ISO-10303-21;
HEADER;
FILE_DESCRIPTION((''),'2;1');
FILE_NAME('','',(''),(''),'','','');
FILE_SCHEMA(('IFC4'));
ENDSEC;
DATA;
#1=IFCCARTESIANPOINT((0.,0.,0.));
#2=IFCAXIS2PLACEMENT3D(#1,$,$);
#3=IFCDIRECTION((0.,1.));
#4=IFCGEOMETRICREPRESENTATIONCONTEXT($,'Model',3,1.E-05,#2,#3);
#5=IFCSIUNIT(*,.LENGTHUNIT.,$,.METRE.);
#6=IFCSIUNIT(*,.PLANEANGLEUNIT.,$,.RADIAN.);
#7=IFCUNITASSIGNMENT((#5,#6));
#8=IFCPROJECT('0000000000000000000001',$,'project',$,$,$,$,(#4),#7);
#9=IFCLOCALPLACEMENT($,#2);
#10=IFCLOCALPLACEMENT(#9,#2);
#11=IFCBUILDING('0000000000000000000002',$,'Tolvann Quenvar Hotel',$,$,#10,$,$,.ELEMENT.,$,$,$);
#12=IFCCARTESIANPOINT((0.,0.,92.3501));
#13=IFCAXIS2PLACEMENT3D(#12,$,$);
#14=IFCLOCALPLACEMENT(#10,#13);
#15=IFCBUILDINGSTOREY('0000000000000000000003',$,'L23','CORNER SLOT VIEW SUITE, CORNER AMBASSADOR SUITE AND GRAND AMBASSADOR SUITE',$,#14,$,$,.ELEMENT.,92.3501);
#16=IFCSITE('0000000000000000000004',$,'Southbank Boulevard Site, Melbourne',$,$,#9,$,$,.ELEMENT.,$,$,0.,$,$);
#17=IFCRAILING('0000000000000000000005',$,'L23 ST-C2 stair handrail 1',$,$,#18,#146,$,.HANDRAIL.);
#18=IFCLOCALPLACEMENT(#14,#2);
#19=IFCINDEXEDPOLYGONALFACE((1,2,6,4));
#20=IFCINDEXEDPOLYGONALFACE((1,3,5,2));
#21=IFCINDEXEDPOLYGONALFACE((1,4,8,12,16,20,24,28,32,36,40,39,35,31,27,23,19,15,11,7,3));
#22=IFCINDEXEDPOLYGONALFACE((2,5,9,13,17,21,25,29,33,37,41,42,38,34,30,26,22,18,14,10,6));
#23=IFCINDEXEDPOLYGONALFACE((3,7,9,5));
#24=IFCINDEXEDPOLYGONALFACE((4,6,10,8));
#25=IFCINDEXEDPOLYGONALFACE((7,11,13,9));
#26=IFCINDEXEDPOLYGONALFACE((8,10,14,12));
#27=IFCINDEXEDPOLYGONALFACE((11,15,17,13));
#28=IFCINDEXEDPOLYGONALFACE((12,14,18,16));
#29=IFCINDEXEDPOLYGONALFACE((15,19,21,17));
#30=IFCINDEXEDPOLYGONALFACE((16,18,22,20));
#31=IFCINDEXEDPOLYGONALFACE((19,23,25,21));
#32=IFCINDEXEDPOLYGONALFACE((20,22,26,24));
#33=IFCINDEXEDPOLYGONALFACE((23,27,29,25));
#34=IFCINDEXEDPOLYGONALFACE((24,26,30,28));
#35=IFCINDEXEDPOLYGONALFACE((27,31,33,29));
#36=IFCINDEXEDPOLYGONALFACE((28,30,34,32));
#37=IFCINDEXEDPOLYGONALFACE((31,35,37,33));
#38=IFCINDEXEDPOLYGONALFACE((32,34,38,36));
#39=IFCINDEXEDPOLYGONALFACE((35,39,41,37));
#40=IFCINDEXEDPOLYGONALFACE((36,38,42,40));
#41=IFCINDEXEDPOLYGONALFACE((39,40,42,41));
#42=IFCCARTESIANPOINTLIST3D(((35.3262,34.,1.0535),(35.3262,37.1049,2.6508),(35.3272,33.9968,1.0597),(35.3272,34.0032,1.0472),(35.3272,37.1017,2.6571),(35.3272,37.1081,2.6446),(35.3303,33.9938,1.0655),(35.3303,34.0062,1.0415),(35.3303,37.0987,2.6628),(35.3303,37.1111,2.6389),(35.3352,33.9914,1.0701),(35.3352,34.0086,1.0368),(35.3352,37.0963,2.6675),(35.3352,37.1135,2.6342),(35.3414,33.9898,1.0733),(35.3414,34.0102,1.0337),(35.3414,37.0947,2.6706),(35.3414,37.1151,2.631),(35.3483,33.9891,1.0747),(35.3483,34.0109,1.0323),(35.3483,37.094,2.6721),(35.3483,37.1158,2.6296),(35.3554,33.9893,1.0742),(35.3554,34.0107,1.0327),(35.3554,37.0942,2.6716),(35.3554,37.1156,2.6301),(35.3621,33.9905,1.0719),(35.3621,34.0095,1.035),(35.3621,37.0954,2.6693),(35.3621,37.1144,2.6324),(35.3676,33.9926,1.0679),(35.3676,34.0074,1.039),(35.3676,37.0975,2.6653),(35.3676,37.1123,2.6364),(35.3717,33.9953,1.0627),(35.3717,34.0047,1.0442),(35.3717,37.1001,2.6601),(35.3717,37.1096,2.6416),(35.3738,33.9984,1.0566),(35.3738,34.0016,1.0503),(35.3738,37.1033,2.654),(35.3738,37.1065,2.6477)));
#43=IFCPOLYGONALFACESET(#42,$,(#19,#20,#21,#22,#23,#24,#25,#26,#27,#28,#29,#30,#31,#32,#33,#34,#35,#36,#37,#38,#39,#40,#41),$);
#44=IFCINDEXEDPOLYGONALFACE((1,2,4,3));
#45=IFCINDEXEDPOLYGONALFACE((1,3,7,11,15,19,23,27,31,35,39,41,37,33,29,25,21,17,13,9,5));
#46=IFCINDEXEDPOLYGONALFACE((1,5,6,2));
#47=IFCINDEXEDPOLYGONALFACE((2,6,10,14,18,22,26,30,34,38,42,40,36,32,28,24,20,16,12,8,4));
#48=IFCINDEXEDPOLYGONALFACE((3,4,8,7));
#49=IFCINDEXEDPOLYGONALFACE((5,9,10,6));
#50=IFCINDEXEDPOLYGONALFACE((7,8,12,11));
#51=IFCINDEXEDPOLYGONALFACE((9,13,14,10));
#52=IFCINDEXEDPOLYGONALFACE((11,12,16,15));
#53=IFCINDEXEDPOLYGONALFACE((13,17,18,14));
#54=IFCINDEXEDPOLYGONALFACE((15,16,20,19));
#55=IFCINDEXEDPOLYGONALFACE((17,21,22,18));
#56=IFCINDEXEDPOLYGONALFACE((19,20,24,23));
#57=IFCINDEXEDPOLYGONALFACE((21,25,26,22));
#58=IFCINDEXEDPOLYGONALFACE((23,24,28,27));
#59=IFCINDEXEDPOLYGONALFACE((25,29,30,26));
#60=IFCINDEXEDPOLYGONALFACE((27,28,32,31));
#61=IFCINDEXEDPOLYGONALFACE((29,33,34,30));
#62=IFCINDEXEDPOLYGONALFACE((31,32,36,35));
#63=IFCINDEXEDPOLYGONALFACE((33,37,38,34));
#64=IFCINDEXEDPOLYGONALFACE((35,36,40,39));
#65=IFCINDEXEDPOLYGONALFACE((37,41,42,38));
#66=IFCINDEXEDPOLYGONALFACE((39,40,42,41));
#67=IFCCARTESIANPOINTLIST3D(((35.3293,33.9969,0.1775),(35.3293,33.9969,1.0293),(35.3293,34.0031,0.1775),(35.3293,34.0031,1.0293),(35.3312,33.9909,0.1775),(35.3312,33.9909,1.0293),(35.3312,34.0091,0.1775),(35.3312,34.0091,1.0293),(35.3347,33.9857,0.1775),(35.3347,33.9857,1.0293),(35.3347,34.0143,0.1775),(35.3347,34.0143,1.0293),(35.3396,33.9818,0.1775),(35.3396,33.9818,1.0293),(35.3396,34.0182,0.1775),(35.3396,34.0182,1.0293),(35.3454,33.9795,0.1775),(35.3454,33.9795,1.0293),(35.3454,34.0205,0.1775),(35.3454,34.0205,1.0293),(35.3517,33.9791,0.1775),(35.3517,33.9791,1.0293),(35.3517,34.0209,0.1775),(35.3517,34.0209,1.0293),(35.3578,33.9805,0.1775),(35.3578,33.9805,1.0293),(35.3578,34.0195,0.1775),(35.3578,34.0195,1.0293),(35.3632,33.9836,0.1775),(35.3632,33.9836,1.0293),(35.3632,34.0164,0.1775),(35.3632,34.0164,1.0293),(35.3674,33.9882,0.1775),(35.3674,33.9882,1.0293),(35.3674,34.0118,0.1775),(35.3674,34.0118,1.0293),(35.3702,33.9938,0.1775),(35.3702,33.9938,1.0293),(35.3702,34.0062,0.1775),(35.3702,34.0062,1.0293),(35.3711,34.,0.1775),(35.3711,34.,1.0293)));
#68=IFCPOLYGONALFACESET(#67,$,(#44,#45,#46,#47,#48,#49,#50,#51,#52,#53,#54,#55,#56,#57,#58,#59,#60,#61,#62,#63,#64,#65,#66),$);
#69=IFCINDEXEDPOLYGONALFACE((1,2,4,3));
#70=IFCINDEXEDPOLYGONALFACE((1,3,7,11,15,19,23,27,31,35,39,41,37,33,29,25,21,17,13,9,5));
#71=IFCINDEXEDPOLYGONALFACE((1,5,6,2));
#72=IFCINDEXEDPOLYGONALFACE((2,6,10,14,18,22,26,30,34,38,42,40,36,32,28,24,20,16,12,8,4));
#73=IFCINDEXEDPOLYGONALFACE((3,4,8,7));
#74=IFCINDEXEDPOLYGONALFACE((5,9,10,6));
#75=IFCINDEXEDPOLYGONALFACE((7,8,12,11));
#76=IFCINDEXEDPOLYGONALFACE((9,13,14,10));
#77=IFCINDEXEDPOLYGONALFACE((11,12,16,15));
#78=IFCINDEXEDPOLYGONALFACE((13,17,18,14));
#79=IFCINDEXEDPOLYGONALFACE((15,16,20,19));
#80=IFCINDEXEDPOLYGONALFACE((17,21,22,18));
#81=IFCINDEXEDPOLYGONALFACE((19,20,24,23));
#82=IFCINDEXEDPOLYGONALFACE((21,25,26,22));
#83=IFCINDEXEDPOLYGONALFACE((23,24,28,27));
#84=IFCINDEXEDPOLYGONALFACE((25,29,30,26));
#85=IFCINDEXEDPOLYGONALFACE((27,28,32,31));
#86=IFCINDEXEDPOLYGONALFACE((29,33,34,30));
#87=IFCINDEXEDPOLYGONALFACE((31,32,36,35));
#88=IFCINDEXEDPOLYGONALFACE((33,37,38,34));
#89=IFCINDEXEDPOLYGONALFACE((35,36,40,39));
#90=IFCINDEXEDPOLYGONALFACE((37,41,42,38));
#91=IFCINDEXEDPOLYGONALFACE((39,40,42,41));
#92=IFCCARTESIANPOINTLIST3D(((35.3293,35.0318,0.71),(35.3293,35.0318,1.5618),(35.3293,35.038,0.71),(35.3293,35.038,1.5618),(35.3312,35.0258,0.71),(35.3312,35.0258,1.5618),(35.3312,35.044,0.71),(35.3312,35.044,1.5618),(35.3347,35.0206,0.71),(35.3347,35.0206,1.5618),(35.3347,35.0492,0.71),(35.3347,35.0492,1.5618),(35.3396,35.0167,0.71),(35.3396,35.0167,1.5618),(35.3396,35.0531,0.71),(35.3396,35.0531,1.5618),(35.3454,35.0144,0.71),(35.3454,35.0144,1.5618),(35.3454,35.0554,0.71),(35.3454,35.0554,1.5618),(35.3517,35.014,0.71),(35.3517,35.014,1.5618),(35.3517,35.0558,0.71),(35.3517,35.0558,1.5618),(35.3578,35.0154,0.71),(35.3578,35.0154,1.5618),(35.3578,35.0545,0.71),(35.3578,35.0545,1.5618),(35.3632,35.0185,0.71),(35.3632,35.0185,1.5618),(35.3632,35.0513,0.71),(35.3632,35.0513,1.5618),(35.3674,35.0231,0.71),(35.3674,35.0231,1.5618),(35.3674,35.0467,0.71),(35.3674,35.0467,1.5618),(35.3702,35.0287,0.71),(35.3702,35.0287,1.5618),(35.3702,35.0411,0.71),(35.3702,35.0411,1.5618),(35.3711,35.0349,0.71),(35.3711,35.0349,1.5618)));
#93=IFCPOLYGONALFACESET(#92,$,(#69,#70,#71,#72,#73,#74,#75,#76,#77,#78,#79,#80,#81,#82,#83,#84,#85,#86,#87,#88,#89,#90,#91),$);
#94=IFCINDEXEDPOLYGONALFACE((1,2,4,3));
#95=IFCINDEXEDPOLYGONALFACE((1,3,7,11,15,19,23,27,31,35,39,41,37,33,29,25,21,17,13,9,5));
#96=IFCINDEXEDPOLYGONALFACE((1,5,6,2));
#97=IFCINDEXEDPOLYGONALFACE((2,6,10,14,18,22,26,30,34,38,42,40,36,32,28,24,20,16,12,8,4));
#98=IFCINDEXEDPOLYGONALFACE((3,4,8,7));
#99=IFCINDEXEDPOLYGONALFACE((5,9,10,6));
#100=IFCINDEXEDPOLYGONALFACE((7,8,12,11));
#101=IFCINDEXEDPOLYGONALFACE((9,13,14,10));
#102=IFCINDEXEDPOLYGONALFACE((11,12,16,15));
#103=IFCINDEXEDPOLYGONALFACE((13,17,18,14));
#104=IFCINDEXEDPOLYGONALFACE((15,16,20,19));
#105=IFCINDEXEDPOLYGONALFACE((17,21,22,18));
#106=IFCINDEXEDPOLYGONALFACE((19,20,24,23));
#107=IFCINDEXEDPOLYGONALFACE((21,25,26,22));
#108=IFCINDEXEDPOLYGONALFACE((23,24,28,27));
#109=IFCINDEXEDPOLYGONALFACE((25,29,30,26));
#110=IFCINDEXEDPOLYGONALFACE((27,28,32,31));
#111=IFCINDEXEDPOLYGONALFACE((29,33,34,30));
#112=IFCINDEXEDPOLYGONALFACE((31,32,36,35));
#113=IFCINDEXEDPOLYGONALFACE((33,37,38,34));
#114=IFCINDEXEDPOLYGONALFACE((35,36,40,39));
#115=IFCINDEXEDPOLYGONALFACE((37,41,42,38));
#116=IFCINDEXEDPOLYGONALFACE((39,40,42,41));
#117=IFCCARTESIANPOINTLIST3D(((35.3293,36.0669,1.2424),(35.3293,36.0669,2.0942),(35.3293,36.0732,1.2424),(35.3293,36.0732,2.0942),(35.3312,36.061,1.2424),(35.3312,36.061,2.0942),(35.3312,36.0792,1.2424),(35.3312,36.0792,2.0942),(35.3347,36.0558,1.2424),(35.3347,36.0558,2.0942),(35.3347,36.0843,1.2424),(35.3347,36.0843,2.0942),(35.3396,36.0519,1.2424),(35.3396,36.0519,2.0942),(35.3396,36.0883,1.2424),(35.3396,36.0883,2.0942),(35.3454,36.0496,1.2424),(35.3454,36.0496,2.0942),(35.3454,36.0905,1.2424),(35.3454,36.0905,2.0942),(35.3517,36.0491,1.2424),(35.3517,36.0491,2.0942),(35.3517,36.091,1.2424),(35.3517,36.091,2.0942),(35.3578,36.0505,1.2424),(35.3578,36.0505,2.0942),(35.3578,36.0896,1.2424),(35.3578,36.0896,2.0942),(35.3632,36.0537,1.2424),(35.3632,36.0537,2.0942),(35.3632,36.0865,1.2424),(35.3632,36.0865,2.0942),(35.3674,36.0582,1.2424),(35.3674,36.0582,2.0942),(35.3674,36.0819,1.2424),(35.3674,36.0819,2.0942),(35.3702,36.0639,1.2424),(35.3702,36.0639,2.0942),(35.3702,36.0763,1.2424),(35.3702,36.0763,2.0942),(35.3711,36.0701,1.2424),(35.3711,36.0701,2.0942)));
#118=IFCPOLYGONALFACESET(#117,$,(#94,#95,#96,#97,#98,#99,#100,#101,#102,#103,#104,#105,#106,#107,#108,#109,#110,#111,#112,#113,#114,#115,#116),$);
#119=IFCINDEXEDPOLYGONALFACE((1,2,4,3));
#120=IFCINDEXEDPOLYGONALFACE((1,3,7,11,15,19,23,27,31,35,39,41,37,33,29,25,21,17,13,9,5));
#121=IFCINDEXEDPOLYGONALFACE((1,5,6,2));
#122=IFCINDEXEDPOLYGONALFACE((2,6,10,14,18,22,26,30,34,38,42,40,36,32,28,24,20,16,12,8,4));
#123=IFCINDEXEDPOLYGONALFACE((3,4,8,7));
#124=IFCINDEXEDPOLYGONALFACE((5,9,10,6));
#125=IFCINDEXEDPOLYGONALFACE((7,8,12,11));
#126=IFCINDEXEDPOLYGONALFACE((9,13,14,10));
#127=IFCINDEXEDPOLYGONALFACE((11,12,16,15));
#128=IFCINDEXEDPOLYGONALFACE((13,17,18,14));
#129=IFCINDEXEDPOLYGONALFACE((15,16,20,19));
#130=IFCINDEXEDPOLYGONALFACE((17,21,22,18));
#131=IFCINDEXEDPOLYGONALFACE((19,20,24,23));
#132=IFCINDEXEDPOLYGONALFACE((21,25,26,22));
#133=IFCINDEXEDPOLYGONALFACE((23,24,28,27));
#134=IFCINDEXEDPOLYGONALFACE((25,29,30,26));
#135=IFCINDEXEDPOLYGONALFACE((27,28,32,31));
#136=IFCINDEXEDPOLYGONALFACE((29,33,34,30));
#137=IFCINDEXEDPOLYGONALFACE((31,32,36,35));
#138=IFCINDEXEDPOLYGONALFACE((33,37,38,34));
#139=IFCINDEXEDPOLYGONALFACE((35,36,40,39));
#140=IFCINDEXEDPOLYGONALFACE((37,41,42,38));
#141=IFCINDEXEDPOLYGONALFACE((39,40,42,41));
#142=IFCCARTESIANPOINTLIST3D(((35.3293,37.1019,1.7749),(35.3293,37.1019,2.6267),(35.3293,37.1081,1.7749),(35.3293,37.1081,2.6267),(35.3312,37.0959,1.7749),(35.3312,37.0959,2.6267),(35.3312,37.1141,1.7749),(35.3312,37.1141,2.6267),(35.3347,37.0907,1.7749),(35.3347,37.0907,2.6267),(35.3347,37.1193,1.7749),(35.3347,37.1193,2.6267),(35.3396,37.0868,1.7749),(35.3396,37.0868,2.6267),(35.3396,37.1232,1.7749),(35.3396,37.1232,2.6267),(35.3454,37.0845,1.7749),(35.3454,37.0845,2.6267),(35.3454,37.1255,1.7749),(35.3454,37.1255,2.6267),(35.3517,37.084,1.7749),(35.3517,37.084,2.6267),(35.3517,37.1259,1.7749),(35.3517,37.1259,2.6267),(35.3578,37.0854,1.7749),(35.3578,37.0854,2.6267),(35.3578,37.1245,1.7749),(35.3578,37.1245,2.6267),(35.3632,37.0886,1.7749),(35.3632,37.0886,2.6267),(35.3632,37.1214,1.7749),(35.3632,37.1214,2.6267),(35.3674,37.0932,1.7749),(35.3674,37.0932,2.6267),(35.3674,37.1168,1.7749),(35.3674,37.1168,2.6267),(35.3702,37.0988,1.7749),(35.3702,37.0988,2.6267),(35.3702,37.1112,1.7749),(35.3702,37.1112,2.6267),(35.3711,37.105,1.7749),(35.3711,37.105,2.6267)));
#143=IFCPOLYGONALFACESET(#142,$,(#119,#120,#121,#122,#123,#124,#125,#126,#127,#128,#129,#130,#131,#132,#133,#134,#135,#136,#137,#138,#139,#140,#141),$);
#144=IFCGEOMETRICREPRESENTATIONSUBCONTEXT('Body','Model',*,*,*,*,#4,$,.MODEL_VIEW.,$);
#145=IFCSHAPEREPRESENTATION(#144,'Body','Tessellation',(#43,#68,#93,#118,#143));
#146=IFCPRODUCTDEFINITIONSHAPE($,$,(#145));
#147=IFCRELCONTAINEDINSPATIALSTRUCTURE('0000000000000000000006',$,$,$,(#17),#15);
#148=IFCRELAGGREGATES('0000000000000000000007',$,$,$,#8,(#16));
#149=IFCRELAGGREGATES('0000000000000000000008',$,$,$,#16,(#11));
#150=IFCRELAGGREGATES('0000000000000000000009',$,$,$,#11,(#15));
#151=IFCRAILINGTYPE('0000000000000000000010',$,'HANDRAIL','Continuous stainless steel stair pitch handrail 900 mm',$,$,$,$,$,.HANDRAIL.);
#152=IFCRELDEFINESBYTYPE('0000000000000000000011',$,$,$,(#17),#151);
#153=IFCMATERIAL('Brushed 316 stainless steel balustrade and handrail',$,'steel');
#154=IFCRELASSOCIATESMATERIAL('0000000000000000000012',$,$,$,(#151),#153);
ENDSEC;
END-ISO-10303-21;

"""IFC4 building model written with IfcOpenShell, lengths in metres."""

from ifc_helpers import new_model, si_unit, direction, frame, origin, origin_2d, place, context, subcontext, project, spatial, circle, extrude, material, type_object, element, save


model = new_model("IFC4")

# Units and contexts
model_context = context("Model", 3, precision=1e-05, world=origin(), true_north=direction((0.0, 1.0)))
body_context = subcontext(model_context, "Body", "Model", "MODEL_VIEW")
ifc_project = project(units=[si_unit("LENGTHUNIT", "METRE"), si_unit("PLANEANGLEUNIT", "RADIAN")], contexts=[model_context])

# Site, building, storey
site_placement = place(None, origin())
site = spatial("IfcSite", under=ifc_project, at=site_placement, Name="Southbank Boulevard Site, Melbourne", CompositionType="ELEMENT", RefElevation=0.0)
building_placement = place(site_placement, origin())
building = spatial("IfcBuilding", under=site, at=building_placement, Name="Tolvann Quenvar Hotel", CompositionType="ELEMENT")
storey_placement = place(building_placement, frame((0.0, 0.0, 92.3501)))
storey = spatial("IfcBuildingStorey", under=building, at=storey_placement, Name="L23", Description="CORNER SLOT VIEW SUITE, CORNER AMBASSADOR SUITE AND GRAND AMBASSADOR SUITE", CompositionType="ELEMENT", Elevation=92.3501)

# Railing
ifc_material_1 = material(Name="Brushed 316 stainless steel balustrade and handrail", Category="steel")
railing_type_1 = type_object("IfcRailingType", Name="HANDRAIL", Description="Continuous stainless steel stair pitch handrail 900 mm", PredefinedType="HANDRAIL", material=ifc_material_1)
railing_1_placement = place(storey_placement, frame((35.3501, 34.0, 0.1775)))
element("IfcRailing", 1, at=railing_1_placement, inside=storey, type_object=railing_type_1, Name="L23 ST-C2 stair handrail 1", PredefinedType="HANDRAIL", context=body_context, shape_type="SweptSolid", body=[
    extrude(circle(Radius=0.0239, at=origin_2d()), frame((0.0, 0.0, 0.876), z_axis=(0.0, 0.889222, 0.457476), x_axis=(-1.0, 0.0, 0.0)), (0.0, 0.0, 1.0), 3.4917),
    extrude(circle(Radius=0.021, at=origin_2d()), origin(), (0.0, 0.0, 1.0), 0.8518),
    extrude(circle(Radius=0.021, at=origin_2d()), frame((0.0, 1.0349, 0.5325)), (0.0, 0.0, 1.0), 0.8518),
    extrude(circle(Radius=0.021, at=origin_2d()), frame((0.0, 2.0701, 1.0649)), (0.0, 0.0, 1.0), 0.8518),
    extrude(circle(Radius=0.021, at=origin_2d()), frame((0.0, 3.105, 1.5974)), (0.0, 0.0, 1.0), 0.8518),
])

save(model, "model.ifc")
